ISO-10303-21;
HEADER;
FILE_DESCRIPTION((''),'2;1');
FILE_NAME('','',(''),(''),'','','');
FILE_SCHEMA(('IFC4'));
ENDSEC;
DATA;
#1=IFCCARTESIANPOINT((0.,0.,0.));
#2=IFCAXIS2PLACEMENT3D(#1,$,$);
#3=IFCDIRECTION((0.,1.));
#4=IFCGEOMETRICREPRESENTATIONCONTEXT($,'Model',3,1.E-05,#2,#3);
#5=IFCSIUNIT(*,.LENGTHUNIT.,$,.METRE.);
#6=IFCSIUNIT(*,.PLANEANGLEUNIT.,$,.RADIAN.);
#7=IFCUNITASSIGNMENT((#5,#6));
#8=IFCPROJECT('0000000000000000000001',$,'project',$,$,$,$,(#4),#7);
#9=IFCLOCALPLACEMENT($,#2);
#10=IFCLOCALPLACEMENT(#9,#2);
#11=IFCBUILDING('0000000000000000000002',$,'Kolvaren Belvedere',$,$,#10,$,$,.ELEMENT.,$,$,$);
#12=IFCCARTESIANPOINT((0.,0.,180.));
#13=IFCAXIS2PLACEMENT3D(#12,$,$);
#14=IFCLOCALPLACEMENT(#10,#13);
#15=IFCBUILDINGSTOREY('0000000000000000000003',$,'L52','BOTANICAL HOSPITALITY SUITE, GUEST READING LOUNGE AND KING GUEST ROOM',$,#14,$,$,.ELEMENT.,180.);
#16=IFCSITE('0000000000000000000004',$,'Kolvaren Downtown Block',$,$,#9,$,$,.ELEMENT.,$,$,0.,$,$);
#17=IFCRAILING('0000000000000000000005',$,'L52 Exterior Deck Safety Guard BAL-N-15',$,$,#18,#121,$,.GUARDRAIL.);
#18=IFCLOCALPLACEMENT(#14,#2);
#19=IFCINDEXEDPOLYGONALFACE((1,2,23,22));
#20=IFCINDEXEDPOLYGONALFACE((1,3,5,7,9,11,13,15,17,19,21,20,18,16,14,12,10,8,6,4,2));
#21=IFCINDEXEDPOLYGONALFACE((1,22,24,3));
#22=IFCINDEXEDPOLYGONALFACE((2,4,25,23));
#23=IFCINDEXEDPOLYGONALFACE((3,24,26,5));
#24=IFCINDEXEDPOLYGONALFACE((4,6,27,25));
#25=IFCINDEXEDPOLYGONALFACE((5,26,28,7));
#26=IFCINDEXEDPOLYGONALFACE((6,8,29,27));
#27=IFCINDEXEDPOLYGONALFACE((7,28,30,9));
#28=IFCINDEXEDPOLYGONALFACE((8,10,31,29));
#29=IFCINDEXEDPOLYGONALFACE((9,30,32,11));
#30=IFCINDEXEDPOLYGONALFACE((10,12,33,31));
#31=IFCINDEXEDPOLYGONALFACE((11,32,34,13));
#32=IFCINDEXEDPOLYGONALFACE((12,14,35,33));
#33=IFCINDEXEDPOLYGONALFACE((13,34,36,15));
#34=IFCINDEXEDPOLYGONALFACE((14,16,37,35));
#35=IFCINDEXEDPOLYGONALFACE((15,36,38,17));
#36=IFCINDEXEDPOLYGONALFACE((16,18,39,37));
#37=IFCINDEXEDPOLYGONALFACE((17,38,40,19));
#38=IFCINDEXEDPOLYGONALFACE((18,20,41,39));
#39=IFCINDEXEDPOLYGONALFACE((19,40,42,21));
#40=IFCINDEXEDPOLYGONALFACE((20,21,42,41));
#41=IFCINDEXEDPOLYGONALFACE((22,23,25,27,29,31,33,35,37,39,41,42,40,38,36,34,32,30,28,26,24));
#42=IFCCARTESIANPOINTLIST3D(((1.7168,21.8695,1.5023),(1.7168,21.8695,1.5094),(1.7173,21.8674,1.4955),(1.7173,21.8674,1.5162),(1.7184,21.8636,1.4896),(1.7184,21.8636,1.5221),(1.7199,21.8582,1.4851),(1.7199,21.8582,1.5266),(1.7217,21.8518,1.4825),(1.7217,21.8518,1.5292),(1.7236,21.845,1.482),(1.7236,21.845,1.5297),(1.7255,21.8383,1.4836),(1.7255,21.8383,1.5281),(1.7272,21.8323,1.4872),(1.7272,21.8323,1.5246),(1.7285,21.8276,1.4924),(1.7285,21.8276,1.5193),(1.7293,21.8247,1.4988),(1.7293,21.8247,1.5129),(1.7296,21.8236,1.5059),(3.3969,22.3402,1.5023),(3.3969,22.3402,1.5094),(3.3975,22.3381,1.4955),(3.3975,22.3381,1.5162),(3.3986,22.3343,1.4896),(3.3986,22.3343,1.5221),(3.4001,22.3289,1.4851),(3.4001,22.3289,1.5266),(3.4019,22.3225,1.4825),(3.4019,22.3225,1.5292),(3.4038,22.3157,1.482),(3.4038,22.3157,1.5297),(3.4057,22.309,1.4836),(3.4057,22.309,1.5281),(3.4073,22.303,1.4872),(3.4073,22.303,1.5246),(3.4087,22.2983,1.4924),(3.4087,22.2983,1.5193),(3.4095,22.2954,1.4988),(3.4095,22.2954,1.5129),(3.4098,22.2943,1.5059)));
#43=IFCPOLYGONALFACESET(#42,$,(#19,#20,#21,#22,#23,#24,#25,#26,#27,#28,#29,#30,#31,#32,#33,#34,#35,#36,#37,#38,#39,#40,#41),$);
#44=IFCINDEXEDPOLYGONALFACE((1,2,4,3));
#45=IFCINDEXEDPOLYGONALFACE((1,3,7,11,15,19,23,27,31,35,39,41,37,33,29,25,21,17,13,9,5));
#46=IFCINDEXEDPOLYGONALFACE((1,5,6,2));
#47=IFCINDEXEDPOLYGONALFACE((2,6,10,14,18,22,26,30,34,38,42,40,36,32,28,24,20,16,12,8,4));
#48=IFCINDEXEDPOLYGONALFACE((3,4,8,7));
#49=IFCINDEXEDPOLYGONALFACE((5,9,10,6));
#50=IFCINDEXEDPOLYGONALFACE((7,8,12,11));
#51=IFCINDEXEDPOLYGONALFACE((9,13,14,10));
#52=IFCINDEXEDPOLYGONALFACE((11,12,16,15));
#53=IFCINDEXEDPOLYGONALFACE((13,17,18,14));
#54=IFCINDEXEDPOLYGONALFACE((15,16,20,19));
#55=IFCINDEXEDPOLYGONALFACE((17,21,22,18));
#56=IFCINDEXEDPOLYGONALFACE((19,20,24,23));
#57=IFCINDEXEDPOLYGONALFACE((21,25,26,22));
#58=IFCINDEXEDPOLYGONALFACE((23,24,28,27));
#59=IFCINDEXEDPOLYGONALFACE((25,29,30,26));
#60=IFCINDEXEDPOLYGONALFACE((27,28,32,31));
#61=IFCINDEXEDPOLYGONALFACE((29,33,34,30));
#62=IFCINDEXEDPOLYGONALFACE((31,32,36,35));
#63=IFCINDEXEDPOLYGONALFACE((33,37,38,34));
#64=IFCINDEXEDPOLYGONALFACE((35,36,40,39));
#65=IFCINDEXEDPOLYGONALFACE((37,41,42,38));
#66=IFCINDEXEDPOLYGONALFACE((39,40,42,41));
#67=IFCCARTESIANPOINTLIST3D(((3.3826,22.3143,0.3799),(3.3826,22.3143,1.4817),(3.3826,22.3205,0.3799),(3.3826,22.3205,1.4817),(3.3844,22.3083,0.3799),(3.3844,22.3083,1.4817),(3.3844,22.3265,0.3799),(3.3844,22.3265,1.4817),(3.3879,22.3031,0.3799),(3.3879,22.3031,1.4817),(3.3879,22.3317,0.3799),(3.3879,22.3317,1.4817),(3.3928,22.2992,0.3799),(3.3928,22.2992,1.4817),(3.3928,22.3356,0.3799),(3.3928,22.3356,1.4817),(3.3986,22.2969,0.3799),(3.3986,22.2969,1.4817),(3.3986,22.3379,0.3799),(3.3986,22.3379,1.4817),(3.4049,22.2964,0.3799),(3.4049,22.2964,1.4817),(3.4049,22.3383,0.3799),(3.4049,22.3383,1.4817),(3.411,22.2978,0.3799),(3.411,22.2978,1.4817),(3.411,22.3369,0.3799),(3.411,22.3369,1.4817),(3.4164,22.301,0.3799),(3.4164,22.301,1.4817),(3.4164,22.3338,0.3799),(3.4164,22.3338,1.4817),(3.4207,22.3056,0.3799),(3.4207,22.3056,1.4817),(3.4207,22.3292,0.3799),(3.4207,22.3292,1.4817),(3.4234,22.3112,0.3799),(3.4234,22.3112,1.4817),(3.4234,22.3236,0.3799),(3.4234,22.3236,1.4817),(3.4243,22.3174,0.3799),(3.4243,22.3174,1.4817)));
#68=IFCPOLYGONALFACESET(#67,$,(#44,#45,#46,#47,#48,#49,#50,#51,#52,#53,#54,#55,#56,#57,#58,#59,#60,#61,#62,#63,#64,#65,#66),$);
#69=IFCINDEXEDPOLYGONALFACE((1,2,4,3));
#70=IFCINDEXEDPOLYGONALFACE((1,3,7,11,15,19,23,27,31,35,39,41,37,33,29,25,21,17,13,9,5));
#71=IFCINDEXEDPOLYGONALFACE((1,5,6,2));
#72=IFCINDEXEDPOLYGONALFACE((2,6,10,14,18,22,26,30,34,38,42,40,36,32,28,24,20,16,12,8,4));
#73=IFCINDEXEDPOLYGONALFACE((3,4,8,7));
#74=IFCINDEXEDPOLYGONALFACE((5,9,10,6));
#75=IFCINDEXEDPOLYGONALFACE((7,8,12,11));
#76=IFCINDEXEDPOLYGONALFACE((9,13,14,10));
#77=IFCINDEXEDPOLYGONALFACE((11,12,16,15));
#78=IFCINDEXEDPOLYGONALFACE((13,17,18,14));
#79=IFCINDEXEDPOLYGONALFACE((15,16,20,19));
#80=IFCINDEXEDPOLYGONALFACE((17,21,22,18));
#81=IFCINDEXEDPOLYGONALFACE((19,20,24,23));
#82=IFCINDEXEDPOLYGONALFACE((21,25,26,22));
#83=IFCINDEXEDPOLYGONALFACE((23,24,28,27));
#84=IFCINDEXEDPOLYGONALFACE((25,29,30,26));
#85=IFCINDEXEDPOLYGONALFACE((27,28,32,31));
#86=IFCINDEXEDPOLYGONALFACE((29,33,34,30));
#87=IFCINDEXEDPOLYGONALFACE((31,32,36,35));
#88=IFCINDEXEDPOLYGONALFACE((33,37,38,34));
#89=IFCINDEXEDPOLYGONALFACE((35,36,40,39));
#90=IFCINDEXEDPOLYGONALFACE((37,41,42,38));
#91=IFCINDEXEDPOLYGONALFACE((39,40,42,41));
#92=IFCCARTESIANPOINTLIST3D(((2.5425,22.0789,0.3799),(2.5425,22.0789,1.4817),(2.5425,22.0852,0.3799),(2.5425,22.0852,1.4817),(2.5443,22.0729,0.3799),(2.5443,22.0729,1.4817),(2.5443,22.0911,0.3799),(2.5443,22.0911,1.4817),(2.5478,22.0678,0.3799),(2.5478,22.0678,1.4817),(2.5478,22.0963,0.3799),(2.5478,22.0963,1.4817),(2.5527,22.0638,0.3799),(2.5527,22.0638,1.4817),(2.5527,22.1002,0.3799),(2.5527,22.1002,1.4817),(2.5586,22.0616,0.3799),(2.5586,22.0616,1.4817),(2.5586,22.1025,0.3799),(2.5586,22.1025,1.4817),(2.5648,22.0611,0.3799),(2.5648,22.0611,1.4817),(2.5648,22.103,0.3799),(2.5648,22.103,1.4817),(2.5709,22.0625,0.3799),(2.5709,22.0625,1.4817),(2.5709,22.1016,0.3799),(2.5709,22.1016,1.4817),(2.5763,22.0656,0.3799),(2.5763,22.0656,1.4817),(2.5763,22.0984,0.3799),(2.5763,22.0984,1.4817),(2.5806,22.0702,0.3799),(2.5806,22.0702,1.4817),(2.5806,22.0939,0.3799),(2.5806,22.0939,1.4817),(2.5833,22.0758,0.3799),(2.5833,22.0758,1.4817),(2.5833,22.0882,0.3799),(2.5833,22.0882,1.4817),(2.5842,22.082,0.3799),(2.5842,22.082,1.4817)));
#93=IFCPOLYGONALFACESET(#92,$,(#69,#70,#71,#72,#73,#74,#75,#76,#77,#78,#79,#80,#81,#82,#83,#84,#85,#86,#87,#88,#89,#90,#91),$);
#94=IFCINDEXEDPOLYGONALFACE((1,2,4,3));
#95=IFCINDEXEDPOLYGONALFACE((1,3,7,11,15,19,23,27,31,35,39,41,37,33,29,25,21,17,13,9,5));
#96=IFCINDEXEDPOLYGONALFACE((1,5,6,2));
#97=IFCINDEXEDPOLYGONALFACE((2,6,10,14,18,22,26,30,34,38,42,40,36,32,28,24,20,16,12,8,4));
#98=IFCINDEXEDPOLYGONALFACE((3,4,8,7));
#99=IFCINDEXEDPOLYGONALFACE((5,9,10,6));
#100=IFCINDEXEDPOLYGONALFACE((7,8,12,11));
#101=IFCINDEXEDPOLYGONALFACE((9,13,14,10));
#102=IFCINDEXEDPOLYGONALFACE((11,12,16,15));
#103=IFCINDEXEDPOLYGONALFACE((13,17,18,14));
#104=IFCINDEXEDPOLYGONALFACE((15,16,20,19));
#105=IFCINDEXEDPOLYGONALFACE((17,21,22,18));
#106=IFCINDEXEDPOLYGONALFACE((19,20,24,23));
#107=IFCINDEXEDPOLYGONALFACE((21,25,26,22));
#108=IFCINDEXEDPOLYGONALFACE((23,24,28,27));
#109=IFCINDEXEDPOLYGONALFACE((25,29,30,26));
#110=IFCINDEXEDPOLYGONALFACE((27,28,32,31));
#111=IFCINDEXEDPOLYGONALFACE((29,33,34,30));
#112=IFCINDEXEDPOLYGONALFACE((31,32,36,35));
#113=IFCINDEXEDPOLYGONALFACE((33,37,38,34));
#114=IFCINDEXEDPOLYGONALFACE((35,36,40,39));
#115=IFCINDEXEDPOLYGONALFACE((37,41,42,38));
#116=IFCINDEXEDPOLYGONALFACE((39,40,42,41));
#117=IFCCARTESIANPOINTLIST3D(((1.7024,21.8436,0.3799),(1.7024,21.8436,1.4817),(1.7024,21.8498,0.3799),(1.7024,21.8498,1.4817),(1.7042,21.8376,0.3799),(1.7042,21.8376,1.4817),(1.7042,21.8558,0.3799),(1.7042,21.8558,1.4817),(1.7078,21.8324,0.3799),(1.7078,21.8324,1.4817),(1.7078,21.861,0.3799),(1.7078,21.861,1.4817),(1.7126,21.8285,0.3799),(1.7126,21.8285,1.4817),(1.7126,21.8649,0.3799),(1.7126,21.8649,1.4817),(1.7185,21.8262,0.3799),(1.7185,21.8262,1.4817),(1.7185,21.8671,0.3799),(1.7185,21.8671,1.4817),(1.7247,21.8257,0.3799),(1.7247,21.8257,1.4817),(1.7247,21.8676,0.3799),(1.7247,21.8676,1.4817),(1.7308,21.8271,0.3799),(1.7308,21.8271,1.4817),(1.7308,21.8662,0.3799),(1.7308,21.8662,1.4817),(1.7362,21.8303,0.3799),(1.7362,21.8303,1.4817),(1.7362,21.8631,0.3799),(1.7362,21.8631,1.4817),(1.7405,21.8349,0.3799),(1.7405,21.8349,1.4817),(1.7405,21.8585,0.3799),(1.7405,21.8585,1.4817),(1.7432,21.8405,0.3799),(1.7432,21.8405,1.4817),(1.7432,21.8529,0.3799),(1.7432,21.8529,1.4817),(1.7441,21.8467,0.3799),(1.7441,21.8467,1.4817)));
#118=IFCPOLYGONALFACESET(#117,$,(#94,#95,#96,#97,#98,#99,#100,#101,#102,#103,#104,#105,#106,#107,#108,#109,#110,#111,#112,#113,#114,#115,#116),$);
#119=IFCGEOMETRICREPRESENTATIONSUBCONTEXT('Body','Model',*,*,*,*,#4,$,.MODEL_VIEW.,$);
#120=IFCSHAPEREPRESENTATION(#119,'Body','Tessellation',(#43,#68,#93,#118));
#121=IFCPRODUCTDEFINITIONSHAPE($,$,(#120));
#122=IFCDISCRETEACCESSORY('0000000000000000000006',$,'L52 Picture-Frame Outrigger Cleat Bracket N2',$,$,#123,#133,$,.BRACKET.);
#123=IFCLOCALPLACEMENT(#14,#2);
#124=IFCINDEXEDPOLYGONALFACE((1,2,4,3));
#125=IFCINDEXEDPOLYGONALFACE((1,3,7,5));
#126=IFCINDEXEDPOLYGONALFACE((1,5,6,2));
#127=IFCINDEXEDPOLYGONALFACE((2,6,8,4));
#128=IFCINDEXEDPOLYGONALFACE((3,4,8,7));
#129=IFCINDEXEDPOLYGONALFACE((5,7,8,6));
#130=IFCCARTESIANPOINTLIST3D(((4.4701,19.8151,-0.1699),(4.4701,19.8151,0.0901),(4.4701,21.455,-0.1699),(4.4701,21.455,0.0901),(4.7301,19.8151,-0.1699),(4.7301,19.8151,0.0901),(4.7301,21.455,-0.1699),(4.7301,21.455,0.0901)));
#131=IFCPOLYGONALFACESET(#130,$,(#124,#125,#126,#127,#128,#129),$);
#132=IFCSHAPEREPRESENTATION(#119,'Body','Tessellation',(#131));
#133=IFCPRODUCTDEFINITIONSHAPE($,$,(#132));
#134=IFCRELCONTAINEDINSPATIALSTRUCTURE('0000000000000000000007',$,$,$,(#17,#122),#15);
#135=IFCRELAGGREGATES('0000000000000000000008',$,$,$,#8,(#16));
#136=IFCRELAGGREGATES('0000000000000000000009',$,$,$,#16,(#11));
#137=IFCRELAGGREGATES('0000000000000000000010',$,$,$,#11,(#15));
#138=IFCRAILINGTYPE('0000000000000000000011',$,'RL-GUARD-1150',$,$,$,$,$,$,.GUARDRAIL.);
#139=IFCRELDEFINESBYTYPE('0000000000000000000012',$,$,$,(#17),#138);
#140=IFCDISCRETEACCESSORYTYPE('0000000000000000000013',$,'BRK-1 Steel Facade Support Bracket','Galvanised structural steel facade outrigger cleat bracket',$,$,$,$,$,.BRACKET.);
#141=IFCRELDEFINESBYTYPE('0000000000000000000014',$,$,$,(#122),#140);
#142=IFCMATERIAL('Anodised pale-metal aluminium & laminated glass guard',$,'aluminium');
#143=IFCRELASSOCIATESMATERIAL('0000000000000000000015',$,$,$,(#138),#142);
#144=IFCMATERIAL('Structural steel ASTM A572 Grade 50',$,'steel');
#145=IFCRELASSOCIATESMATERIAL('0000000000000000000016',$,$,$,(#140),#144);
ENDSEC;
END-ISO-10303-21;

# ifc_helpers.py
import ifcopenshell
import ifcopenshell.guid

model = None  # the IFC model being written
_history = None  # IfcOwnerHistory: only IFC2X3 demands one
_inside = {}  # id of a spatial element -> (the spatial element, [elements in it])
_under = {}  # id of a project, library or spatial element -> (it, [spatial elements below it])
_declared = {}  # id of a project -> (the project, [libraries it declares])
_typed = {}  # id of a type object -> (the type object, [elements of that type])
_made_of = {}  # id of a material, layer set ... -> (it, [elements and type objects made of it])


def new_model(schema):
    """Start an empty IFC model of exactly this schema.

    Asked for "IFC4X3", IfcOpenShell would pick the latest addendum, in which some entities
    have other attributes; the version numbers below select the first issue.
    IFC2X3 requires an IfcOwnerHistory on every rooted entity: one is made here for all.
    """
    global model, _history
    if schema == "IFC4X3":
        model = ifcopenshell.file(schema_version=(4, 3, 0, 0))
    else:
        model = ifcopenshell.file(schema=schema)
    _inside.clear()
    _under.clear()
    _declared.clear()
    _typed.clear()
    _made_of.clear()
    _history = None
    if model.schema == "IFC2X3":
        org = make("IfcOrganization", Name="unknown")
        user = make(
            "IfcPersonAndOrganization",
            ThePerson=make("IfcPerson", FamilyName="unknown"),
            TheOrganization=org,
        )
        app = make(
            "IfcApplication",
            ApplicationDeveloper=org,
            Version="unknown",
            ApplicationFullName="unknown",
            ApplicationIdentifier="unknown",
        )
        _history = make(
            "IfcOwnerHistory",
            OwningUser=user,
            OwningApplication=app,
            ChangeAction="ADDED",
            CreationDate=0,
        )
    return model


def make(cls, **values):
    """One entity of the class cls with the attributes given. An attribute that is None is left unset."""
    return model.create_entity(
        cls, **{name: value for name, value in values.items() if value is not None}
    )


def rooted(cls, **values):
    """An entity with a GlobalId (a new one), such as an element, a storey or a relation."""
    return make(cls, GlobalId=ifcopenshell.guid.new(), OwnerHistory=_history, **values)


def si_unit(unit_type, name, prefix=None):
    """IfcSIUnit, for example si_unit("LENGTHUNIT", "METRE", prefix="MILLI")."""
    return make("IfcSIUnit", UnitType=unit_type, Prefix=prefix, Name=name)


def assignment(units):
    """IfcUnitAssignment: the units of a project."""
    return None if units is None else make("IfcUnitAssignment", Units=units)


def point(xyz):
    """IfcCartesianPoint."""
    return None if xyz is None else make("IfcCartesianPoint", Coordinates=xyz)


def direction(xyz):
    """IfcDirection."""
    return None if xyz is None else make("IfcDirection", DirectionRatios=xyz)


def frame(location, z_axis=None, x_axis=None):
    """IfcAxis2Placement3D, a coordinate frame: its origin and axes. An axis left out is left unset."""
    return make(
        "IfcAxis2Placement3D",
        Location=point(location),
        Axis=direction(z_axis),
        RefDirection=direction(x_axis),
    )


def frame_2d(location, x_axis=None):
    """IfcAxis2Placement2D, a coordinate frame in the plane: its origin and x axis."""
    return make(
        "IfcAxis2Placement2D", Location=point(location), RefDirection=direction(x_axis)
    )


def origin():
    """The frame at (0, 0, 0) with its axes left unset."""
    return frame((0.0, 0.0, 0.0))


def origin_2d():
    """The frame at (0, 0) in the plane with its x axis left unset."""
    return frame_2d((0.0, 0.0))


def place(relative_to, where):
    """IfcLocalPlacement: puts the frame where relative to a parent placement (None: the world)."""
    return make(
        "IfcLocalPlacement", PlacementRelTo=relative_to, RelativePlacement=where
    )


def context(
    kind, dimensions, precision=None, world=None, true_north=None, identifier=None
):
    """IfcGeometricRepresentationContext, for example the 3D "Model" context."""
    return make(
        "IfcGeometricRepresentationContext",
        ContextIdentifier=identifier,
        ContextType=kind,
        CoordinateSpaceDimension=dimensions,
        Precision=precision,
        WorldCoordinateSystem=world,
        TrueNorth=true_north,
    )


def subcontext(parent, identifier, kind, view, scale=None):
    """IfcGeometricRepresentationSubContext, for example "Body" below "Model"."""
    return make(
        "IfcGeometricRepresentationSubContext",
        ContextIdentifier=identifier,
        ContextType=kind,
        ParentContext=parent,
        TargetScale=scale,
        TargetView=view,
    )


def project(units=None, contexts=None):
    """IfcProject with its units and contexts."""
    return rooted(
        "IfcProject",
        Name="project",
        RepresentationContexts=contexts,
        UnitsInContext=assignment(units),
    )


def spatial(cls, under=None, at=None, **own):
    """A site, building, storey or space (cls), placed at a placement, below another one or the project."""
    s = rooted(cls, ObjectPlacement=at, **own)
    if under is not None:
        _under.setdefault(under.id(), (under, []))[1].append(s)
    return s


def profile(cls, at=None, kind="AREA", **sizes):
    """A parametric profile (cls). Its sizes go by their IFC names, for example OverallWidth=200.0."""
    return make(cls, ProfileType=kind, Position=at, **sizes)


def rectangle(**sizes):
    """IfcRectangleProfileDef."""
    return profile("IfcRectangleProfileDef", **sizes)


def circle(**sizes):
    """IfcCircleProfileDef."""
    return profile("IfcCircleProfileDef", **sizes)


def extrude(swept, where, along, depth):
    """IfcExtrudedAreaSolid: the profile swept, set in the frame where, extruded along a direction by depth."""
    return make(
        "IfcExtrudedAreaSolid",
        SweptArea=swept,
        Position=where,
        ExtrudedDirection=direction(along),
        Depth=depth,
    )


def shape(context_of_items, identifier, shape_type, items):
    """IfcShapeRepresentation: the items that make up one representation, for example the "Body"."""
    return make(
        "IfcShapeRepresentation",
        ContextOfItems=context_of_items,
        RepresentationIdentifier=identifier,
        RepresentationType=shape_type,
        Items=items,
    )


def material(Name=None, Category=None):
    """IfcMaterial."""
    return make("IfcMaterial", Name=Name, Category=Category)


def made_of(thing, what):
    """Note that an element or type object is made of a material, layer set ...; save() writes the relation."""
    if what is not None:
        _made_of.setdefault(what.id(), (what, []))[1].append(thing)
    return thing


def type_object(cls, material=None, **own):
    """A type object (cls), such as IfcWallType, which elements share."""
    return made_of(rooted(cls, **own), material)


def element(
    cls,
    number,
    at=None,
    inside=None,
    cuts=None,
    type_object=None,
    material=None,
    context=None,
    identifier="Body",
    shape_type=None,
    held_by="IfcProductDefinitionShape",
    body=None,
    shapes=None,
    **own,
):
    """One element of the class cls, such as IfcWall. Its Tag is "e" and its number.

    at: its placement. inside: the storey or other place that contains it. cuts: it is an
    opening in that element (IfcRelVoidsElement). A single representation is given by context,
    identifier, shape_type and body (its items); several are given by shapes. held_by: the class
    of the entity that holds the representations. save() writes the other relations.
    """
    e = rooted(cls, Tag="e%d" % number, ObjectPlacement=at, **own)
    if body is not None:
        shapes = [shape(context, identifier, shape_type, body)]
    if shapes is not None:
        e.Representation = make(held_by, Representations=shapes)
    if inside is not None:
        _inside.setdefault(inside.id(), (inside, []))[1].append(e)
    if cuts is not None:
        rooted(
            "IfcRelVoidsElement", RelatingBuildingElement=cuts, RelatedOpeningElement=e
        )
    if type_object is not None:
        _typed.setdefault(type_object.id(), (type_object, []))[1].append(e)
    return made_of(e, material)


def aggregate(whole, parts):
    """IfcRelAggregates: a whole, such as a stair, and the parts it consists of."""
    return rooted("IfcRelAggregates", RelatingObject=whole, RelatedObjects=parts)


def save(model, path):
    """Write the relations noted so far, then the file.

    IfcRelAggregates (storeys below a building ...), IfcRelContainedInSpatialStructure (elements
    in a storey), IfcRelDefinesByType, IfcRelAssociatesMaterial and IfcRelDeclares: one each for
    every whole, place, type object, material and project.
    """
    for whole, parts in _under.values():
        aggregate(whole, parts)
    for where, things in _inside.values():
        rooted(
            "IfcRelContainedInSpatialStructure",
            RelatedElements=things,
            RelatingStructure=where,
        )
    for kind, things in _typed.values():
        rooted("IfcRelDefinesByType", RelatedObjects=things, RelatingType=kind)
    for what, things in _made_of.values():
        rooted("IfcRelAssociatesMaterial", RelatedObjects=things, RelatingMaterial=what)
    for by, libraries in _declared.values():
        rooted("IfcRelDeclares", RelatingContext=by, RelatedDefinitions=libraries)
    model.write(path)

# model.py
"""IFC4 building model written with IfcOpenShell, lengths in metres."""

from ifc_helpers import new_model, si_unit, direction, frame, origin, origin_2d, place, context, subcontext, project, spatial, rectangle, circle, extrude, material, type_object, element, save


model = new_model("IFC4")

# Units and contexts
model_context = context("Model", 3, precision=1e-05, world=origin(), true_north=direction((0.0, 1.0)))
body_context = subcontext(model_context, "Body", "Model", "MODEL_VIEW")
ifc_project = project(units=[si_unit("LENGTHUNIT", "METRE"), si_unit("PLANEANGLEUNIT", "RADIAN")], contexts=[model_context])

# Site, building, storey
site_placement = place(None, origin())
site = spatial("IfcSite", under=ifc_project, at=site_placement, Name="Kolvaren Downtown Block", CompositionType="ELEMENT", RefElevation=0.0)
building_placement = place(site_placement, origin())
building = spatial("IfcBuilding", under=site, at=building_placement, Name="Kolvaren Belvedere", CompositionType="ELEMENT")
storey_placement = place(building_placement, frame((0.0, 0.0, 180.0)))
storey = spatial("IfcBuildingStorey", under=building, at=storey_placement, Name="L52", Description="BOTANICAL HOSPITALITY SUITE, GUEST READING LOUNGE AND KING GUEST ROOM", CompositionType="ELEMENT", Elevation=180.0)

# Railing
ifc_material_1 = material(Name="Anodised pale-metal aluminium & laminated glass guard", Category="aluminium")
railing_type = type_object("IfcRailingType", Name="RL-GUARD-1150", PredefinedType="GUARDRAIL", material=ifc_material_1)
railing_1_placement = place(storey_placement, frame((3.4033, 22.3174, 0.3799)))
element("IfcRailing", 1, at=railing_1_placement, inside=storey, type_object=railing_type, Name="L52 Exterior Deck Safety Guard BAL-N-15", PredefinedType="GUARDRAIL", context=body_context, shape_type="SweptSolid", body=[
    extrude(circle(Radius=0.0239, at=origin_2d()), frame((0.0, 0.0, 1.126), z_axis=(-0.962926, -0.269765, 0.0), x_axis=(0.269765, -0.962926, 0.0)), (0.0, 0.0, 1.0), 1.7449),
    extrude(circle(Radius=0.021, at=origin_2d()), origin(), (0.0, 0.0, 1.0), 1.1018),
    extrude(circle(Radius=0.021, at=origin_2d()), frame((-0.8401, -0.2354, 0.0)), (0.0, 0.0, 1.0), 1.1018),
    extrude(circle(Radius=0.021, at=origin_2d()), frame((-1.6802, -0.4707, 0.0)), (0.0, 0.0, 1.0), 1.1018),
])

# Discrete accessory
ifc_material_2 = material(Name="Structural steel ASTM A572 Grade 50", Category="steel")
discrete_accessory_type = type_object("IfcDiscreteAccessoryType", Name="BRK-1 Steel Facade Support Bracket", Description="Galvanised structural steel facade outrigger cleat bracket", PredefinedType="BRACKET", material=ifc_material_2)
discrete_accessory_placement = place(storey_placement, frame((4.6001, 20.635, -0.1699), z_axis=(0.0, 0.0, 1.0), x_axis=(0.0, 1.0, 0.0)))
element("IfcDiscreteAccessory", 2, at=discrete_accessory_placement, inside=storey, type_object=discrete_accessory_type, Name="L52 Picture-Frame Outrigger Cleat Bracket N2", PredefinedType="BRACKET", context=body_context, shape_type="SweptSolid", body=[
    extrude(rectangle(XDim=1.6399, YDim=0.26, at=origin_2d()), origin(), (0.0, 0.0, 1.0), 0.26),
])

save(model, "model.ifc")
